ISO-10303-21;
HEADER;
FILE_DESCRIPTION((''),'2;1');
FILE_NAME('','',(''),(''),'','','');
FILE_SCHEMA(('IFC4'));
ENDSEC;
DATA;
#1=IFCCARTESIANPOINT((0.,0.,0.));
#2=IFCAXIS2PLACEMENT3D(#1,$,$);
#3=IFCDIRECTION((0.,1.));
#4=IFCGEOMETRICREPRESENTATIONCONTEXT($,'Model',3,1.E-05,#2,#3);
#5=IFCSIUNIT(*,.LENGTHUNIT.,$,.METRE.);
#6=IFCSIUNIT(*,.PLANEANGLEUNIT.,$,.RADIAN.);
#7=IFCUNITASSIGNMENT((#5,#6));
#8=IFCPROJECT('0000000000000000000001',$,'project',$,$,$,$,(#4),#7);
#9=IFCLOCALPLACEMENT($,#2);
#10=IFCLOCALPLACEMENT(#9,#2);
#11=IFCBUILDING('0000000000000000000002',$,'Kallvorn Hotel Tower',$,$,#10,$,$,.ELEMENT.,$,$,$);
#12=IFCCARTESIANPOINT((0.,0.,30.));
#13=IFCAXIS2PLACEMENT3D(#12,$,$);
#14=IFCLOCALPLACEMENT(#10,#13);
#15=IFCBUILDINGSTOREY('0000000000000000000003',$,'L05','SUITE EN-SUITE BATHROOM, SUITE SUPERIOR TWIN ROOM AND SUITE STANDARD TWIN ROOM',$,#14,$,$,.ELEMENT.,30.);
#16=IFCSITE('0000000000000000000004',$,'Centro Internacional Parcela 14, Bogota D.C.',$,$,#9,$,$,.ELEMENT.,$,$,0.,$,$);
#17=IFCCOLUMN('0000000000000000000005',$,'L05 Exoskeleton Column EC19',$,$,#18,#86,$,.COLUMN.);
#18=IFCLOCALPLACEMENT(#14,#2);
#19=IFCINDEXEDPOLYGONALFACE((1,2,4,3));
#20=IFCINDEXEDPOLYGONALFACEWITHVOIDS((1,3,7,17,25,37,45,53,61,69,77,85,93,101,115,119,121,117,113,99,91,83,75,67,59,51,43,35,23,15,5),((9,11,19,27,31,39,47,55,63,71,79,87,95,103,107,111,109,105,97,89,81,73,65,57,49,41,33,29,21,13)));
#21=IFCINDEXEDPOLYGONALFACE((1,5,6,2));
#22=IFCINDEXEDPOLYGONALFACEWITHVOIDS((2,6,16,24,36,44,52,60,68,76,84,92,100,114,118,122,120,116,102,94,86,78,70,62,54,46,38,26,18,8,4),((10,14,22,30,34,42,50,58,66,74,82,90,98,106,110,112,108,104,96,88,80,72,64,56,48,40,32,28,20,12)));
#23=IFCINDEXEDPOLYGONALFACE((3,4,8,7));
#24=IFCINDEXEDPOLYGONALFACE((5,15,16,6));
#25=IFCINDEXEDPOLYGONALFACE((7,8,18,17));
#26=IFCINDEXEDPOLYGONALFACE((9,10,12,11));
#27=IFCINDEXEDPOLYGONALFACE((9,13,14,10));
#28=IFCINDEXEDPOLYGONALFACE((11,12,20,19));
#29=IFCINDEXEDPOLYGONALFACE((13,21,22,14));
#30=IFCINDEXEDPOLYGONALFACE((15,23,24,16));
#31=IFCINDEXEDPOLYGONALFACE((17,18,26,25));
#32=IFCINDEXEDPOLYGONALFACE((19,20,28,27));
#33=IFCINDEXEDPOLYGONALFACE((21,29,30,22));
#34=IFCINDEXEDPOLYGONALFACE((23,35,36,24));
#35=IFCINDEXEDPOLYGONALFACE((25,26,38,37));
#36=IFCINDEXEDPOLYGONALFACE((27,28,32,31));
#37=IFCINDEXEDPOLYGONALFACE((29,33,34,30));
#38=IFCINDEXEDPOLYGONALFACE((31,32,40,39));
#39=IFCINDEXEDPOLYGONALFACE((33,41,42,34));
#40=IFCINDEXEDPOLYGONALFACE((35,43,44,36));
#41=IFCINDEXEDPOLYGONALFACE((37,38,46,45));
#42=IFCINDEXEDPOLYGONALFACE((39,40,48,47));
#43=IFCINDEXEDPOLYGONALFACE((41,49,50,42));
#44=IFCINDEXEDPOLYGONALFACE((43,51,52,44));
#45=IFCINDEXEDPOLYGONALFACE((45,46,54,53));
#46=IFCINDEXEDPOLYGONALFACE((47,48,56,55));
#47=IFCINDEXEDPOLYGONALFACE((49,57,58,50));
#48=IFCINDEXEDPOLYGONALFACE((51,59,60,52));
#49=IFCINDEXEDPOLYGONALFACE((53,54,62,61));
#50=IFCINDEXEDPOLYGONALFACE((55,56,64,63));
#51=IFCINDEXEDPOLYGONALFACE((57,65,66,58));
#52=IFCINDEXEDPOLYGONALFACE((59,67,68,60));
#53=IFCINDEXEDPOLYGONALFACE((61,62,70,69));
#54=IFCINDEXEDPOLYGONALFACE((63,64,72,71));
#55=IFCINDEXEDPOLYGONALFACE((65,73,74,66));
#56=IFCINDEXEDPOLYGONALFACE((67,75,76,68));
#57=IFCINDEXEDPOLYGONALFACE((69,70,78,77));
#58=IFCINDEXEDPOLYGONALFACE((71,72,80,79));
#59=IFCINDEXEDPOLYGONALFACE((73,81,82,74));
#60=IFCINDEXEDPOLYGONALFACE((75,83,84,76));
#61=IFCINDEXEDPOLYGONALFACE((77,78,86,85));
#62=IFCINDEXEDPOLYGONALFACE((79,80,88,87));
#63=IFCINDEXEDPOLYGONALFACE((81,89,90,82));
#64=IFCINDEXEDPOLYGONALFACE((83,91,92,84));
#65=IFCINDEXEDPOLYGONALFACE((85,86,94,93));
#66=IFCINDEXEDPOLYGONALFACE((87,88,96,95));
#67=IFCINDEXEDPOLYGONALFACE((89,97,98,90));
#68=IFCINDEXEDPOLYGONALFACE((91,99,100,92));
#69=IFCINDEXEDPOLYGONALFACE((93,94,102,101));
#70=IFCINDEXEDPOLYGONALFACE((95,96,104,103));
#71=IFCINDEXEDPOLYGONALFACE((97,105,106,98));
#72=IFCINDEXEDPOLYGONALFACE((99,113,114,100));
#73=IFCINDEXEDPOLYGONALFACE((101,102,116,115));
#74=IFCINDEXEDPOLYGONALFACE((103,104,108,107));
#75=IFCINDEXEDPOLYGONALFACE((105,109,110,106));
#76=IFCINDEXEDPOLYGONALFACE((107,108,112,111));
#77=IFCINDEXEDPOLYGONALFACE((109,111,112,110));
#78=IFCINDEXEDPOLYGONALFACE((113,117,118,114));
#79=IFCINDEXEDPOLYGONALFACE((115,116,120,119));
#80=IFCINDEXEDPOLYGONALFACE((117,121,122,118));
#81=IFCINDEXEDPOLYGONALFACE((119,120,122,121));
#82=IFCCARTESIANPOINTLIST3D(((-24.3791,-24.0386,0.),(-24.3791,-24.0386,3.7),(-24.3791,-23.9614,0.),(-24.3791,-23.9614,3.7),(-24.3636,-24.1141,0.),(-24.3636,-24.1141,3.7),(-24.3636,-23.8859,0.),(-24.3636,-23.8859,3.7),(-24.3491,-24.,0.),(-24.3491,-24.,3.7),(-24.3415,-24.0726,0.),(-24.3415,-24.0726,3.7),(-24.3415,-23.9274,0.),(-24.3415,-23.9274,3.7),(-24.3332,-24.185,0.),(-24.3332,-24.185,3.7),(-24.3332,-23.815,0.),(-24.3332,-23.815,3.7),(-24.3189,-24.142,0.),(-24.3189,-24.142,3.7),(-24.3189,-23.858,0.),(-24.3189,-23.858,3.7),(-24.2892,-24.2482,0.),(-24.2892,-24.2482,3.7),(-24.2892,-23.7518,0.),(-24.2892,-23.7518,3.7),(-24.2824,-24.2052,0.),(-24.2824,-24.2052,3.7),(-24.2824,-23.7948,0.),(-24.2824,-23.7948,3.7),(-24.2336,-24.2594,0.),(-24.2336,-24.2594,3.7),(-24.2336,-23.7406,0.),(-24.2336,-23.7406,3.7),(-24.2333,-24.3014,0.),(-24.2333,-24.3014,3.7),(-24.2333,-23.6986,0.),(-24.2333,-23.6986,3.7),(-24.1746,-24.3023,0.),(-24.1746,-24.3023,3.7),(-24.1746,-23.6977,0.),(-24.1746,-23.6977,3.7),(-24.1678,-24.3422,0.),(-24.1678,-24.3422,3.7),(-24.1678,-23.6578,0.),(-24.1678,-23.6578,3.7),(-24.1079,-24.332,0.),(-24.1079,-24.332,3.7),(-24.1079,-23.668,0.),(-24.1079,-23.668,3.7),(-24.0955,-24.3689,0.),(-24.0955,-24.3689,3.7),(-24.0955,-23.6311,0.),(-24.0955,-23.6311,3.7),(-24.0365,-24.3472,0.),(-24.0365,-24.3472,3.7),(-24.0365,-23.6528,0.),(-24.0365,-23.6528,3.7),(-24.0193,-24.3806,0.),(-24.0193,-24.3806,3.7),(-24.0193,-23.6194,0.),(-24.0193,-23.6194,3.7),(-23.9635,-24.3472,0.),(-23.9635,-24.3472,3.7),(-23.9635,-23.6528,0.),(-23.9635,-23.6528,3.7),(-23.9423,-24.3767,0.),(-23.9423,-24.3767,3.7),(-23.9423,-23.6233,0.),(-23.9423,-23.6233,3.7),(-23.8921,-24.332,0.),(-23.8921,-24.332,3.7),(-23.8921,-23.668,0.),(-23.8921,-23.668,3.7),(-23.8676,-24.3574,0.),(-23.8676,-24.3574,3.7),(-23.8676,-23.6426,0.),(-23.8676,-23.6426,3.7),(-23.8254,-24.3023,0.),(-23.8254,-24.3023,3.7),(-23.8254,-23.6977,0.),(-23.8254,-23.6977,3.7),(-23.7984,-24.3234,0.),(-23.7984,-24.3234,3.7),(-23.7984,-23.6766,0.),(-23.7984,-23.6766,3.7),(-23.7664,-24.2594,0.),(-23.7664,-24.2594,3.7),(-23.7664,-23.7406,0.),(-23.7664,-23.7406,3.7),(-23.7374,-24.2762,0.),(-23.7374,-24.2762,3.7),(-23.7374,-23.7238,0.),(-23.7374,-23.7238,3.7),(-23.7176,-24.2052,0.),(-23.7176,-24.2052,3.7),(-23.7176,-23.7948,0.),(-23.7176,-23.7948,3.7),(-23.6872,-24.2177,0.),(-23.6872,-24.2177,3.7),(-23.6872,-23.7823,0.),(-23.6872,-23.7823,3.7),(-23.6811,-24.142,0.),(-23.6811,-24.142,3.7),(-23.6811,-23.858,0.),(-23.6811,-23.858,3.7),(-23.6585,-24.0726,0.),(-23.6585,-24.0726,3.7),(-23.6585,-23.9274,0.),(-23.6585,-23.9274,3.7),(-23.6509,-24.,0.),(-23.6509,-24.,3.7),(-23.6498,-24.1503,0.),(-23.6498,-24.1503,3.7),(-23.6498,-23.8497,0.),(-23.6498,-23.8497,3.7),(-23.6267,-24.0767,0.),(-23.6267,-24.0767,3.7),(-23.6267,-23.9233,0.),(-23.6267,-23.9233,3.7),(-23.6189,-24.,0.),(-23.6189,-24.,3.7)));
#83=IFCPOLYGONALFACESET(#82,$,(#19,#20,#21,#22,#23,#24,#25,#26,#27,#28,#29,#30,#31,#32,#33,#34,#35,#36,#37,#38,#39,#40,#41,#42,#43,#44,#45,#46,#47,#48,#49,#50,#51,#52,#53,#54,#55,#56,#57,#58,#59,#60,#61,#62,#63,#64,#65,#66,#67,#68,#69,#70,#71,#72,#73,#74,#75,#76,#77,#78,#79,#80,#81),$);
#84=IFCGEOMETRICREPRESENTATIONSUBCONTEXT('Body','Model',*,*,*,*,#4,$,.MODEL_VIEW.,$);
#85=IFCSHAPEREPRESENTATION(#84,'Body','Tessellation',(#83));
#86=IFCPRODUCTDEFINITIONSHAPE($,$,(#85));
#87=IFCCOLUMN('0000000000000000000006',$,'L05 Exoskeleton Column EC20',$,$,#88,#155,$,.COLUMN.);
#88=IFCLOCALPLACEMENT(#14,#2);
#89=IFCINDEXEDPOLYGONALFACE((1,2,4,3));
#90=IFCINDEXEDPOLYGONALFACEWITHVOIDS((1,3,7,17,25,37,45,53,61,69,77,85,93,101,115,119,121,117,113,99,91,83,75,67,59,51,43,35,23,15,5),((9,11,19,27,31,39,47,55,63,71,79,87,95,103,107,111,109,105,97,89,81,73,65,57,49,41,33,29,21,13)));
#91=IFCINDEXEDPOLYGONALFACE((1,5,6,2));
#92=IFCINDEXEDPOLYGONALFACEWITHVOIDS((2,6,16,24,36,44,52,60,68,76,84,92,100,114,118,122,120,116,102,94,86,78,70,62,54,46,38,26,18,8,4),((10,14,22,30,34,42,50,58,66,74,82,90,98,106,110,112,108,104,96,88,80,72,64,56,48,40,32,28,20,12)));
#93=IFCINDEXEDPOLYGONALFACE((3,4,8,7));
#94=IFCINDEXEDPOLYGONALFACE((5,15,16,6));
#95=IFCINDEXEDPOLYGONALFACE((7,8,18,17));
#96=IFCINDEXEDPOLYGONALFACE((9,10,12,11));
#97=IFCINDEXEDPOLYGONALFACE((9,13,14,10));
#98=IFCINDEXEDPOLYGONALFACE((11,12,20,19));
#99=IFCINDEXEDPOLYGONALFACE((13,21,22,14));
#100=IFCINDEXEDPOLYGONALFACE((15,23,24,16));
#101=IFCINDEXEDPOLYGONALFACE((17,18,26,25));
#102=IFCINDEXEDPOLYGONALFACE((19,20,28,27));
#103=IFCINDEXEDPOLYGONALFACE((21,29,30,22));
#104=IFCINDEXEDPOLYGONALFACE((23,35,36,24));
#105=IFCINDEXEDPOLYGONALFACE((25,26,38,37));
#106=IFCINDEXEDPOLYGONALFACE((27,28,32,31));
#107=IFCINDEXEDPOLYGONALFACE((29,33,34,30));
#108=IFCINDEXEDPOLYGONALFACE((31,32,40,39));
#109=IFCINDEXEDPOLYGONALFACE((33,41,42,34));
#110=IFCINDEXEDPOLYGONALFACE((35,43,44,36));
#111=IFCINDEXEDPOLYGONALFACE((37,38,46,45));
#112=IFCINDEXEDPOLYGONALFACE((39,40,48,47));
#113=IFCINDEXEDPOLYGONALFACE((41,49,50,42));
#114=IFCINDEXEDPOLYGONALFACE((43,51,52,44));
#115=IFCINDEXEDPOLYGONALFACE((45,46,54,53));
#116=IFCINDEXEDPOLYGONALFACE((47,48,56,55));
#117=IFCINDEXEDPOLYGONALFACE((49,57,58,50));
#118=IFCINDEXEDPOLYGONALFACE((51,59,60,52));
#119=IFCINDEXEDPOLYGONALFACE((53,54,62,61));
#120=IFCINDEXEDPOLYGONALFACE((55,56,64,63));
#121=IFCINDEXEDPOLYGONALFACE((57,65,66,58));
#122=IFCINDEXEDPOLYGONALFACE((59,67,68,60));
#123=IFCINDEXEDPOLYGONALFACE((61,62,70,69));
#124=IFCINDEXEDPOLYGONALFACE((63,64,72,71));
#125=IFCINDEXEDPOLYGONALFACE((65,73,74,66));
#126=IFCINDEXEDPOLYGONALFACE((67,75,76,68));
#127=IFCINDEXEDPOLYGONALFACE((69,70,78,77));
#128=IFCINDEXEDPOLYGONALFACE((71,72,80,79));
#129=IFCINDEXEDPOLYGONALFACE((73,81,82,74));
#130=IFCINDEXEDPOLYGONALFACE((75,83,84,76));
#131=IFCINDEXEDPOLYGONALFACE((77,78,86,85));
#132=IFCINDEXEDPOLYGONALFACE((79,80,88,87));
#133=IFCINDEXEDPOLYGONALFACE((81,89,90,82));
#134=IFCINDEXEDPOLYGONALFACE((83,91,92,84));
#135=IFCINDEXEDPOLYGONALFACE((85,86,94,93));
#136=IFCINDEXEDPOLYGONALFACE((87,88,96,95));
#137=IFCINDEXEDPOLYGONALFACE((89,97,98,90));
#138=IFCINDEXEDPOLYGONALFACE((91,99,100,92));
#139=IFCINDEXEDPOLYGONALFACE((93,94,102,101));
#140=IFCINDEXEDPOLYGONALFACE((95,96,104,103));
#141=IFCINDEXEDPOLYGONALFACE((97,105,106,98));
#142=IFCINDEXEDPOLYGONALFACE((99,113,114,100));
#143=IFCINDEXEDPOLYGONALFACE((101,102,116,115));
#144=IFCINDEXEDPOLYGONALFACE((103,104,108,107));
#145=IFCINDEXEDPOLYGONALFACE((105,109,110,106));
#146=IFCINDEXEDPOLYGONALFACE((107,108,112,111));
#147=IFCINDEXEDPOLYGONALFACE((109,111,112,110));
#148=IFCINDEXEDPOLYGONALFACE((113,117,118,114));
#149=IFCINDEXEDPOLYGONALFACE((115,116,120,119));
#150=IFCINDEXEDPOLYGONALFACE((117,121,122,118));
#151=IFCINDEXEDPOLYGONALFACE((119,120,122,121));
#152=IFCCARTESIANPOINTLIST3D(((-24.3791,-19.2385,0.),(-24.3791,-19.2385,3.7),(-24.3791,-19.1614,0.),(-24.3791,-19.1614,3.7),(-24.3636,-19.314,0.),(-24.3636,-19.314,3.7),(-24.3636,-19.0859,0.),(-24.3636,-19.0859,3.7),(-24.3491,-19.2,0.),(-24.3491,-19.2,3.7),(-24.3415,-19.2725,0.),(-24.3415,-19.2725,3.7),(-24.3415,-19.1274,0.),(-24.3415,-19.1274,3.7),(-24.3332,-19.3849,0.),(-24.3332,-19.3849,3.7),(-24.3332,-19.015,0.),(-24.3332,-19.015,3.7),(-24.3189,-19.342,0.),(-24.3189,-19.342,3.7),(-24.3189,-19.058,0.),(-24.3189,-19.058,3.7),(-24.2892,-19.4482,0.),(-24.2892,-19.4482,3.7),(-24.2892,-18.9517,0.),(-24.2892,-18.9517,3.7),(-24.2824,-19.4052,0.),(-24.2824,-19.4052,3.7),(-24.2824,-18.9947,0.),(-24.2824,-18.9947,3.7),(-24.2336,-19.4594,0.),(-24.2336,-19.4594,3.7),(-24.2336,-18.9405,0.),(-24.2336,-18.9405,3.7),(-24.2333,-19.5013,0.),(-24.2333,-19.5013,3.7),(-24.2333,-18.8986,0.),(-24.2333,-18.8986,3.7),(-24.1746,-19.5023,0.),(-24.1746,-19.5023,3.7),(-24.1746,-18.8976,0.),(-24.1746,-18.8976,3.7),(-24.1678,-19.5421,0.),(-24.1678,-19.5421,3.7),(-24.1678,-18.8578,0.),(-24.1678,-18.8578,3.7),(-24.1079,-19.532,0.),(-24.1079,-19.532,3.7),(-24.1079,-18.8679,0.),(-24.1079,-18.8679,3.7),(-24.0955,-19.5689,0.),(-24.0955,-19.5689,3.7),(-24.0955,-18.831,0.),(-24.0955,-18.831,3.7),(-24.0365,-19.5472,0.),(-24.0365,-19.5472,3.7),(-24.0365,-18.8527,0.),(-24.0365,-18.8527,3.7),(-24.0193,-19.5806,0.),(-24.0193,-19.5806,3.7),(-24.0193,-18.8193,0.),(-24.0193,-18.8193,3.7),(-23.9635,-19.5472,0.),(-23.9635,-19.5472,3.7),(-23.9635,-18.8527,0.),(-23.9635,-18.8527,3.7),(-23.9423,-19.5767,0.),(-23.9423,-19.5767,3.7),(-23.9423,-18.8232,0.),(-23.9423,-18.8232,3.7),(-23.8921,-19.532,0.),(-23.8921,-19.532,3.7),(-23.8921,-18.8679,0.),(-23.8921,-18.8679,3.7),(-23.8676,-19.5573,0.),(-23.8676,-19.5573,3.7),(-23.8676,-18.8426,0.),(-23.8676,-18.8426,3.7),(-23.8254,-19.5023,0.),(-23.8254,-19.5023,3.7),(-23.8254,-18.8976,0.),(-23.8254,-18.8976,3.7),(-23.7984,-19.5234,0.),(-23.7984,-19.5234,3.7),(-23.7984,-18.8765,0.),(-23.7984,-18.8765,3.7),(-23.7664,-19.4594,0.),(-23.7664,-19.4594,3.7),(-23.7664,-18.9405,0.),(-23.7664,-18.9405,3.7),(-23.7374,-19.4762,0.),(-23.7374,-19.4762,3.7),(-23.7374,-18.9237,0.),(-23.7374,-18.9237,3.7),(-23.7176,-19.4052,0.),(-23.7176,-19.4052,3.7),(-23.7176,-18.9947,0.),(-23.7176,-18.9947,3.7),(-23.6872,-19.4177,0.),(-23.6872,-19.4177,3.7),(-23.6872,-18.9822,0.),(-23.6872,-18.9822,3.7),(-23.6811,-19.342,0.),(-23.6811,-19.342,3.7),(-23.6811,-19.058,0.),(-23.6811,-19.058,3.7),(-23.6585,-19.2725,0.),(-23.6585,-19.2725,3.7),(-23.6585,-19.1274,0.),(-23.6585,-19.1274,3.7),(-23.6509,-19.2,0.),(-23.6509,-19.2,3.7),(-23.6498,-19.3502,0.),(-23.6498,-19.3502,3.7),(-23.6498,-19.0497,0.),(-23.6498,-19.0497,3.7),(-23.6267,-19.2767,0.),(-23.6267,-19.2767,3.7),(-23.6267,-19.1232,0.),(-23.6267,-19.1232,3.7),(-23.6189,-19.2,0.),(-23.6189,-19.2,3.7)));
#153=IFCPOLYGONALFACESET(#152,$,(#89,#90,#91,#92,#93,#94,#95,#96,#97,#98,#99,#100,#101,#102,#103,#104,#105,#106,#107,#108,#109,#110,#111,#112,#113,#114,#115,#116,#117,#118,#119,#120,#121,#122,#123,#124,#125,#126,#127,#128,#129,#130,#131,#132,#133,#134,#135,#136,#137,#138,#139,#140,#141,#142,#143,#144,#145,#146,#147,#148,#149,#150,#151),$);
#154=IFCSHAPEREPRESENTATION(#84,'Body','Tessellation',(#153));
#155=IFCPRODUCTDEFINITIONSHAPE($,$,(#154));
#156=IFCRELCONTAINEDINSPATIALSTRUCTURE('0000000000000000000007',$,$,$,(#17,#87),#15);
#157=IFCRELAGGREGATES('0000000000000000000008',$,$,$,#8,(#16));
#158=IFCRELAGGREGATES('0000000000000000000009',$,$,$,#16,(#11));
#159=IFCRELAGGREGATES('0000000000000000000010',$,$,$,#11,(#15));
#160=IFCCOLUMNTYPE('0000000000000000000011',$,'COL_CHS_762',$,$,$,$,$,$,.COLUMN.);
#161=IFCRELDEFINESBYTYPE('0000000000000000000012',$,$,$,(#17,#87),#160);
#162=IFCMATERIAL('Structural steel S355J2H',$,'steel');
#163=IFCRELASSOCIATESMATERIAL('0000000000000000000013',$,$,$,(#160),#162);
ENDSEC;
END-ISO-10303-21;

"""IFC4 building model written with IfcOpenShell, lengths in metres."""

from ifc_helpers import new_model, si_unit, direction, frame, origin, origin_2d, place, context, subcontext, project, spatial, hollow_circle, extrude, material, material_profile, profile_set, type_object, element, save


model = new_model("IFC4")

# Units and contexts
model_context = context("Model", 3, precision=1e-05, world=origin(), true_north=direction((0.0, 1.0)))
body_context = subcontext(model_context, "Body", "Model", "MODEL_VIEW")
ifc_project = project(units=[si_unit("LENGTHUNIT", "METRE"), si_unit("PLANEANGLEUNIT", "RADIAN")], contexts=[model_context])

# Site, building, storey
site_placement = place(None, origin())
site = spatial("IfcSite", under=ifc_project, at=site_placement, Name="Centro Internacional Parcela 14, Bogota D.C.", CompositionType="ELEMENT", RefElevation=0.0)
building_placement = place(site_placement, origin())
building = spatial("IfcBuilding", under=site, at=building_placement, Name="Kallvorn Hotel Tower", CompositionType="ELEMENT")
storey_placement = place(building_placement, frame((0.0, 0.0, 30.0)))
storey = spatial("IfcBuildingStorey", under=building, at=storey_placement, Name="L05", Description="SUITE EN-SUITE BATHROOM, SUITE SUPERIOR TWIN ROOM AND SUITE STANDARD TWIN ROOM", CompositionType="ELEMENT", Elevation=30.0)

# Columns
ifc_material_1 = material(Name="Structural steel S355J2H", Category="steel")
ifc_material_profile_1 = material_profile(ifc_material_1, hollow_circle(Radius=0.3811, WallThickness=0.032, at=origin_2d()), Name="CHS 762x32")
ifc_profile_set_1 = profile_set([ifc_material_profile_1], Name="Structural steel S355J2H")
column_type = type_object("IfcColumnType", Name="COL_CHS_762", PredefinedType="COLUMN", material=ifc_profile_set_1)
for number, where, z_axis, x_axis, name in (
    (1, (-24.0, -24.0, 0.0), (0.0, 0.0, 1.0), (1.0, 0.0, 0.0), "L05 Exoskeleton Column EC19"),
    (2, (-24.0, -19.2, 0.0), (0.0, 0.0, 1.0), (1.0, 0.0, 0.0), "L05 Exoskeleton Column EC20"),
):
    element("IfcColumn", number, at=place(storey_placement, frame(where, z_axis=z_axis, x_axis=x_axis)), inside=storey, type_object=column_type, Name=name, PredefinedType="COLUMN", context=body_context, shape_type="SweptSolid", body=[
        extrude(hollow_circle(Radius=0.3811, WallThickness=0.032, at=origin_2d()), origin(), (0.0, 0.0, 1.0), 3.7),
    ])

save(model, "model.ifc")
